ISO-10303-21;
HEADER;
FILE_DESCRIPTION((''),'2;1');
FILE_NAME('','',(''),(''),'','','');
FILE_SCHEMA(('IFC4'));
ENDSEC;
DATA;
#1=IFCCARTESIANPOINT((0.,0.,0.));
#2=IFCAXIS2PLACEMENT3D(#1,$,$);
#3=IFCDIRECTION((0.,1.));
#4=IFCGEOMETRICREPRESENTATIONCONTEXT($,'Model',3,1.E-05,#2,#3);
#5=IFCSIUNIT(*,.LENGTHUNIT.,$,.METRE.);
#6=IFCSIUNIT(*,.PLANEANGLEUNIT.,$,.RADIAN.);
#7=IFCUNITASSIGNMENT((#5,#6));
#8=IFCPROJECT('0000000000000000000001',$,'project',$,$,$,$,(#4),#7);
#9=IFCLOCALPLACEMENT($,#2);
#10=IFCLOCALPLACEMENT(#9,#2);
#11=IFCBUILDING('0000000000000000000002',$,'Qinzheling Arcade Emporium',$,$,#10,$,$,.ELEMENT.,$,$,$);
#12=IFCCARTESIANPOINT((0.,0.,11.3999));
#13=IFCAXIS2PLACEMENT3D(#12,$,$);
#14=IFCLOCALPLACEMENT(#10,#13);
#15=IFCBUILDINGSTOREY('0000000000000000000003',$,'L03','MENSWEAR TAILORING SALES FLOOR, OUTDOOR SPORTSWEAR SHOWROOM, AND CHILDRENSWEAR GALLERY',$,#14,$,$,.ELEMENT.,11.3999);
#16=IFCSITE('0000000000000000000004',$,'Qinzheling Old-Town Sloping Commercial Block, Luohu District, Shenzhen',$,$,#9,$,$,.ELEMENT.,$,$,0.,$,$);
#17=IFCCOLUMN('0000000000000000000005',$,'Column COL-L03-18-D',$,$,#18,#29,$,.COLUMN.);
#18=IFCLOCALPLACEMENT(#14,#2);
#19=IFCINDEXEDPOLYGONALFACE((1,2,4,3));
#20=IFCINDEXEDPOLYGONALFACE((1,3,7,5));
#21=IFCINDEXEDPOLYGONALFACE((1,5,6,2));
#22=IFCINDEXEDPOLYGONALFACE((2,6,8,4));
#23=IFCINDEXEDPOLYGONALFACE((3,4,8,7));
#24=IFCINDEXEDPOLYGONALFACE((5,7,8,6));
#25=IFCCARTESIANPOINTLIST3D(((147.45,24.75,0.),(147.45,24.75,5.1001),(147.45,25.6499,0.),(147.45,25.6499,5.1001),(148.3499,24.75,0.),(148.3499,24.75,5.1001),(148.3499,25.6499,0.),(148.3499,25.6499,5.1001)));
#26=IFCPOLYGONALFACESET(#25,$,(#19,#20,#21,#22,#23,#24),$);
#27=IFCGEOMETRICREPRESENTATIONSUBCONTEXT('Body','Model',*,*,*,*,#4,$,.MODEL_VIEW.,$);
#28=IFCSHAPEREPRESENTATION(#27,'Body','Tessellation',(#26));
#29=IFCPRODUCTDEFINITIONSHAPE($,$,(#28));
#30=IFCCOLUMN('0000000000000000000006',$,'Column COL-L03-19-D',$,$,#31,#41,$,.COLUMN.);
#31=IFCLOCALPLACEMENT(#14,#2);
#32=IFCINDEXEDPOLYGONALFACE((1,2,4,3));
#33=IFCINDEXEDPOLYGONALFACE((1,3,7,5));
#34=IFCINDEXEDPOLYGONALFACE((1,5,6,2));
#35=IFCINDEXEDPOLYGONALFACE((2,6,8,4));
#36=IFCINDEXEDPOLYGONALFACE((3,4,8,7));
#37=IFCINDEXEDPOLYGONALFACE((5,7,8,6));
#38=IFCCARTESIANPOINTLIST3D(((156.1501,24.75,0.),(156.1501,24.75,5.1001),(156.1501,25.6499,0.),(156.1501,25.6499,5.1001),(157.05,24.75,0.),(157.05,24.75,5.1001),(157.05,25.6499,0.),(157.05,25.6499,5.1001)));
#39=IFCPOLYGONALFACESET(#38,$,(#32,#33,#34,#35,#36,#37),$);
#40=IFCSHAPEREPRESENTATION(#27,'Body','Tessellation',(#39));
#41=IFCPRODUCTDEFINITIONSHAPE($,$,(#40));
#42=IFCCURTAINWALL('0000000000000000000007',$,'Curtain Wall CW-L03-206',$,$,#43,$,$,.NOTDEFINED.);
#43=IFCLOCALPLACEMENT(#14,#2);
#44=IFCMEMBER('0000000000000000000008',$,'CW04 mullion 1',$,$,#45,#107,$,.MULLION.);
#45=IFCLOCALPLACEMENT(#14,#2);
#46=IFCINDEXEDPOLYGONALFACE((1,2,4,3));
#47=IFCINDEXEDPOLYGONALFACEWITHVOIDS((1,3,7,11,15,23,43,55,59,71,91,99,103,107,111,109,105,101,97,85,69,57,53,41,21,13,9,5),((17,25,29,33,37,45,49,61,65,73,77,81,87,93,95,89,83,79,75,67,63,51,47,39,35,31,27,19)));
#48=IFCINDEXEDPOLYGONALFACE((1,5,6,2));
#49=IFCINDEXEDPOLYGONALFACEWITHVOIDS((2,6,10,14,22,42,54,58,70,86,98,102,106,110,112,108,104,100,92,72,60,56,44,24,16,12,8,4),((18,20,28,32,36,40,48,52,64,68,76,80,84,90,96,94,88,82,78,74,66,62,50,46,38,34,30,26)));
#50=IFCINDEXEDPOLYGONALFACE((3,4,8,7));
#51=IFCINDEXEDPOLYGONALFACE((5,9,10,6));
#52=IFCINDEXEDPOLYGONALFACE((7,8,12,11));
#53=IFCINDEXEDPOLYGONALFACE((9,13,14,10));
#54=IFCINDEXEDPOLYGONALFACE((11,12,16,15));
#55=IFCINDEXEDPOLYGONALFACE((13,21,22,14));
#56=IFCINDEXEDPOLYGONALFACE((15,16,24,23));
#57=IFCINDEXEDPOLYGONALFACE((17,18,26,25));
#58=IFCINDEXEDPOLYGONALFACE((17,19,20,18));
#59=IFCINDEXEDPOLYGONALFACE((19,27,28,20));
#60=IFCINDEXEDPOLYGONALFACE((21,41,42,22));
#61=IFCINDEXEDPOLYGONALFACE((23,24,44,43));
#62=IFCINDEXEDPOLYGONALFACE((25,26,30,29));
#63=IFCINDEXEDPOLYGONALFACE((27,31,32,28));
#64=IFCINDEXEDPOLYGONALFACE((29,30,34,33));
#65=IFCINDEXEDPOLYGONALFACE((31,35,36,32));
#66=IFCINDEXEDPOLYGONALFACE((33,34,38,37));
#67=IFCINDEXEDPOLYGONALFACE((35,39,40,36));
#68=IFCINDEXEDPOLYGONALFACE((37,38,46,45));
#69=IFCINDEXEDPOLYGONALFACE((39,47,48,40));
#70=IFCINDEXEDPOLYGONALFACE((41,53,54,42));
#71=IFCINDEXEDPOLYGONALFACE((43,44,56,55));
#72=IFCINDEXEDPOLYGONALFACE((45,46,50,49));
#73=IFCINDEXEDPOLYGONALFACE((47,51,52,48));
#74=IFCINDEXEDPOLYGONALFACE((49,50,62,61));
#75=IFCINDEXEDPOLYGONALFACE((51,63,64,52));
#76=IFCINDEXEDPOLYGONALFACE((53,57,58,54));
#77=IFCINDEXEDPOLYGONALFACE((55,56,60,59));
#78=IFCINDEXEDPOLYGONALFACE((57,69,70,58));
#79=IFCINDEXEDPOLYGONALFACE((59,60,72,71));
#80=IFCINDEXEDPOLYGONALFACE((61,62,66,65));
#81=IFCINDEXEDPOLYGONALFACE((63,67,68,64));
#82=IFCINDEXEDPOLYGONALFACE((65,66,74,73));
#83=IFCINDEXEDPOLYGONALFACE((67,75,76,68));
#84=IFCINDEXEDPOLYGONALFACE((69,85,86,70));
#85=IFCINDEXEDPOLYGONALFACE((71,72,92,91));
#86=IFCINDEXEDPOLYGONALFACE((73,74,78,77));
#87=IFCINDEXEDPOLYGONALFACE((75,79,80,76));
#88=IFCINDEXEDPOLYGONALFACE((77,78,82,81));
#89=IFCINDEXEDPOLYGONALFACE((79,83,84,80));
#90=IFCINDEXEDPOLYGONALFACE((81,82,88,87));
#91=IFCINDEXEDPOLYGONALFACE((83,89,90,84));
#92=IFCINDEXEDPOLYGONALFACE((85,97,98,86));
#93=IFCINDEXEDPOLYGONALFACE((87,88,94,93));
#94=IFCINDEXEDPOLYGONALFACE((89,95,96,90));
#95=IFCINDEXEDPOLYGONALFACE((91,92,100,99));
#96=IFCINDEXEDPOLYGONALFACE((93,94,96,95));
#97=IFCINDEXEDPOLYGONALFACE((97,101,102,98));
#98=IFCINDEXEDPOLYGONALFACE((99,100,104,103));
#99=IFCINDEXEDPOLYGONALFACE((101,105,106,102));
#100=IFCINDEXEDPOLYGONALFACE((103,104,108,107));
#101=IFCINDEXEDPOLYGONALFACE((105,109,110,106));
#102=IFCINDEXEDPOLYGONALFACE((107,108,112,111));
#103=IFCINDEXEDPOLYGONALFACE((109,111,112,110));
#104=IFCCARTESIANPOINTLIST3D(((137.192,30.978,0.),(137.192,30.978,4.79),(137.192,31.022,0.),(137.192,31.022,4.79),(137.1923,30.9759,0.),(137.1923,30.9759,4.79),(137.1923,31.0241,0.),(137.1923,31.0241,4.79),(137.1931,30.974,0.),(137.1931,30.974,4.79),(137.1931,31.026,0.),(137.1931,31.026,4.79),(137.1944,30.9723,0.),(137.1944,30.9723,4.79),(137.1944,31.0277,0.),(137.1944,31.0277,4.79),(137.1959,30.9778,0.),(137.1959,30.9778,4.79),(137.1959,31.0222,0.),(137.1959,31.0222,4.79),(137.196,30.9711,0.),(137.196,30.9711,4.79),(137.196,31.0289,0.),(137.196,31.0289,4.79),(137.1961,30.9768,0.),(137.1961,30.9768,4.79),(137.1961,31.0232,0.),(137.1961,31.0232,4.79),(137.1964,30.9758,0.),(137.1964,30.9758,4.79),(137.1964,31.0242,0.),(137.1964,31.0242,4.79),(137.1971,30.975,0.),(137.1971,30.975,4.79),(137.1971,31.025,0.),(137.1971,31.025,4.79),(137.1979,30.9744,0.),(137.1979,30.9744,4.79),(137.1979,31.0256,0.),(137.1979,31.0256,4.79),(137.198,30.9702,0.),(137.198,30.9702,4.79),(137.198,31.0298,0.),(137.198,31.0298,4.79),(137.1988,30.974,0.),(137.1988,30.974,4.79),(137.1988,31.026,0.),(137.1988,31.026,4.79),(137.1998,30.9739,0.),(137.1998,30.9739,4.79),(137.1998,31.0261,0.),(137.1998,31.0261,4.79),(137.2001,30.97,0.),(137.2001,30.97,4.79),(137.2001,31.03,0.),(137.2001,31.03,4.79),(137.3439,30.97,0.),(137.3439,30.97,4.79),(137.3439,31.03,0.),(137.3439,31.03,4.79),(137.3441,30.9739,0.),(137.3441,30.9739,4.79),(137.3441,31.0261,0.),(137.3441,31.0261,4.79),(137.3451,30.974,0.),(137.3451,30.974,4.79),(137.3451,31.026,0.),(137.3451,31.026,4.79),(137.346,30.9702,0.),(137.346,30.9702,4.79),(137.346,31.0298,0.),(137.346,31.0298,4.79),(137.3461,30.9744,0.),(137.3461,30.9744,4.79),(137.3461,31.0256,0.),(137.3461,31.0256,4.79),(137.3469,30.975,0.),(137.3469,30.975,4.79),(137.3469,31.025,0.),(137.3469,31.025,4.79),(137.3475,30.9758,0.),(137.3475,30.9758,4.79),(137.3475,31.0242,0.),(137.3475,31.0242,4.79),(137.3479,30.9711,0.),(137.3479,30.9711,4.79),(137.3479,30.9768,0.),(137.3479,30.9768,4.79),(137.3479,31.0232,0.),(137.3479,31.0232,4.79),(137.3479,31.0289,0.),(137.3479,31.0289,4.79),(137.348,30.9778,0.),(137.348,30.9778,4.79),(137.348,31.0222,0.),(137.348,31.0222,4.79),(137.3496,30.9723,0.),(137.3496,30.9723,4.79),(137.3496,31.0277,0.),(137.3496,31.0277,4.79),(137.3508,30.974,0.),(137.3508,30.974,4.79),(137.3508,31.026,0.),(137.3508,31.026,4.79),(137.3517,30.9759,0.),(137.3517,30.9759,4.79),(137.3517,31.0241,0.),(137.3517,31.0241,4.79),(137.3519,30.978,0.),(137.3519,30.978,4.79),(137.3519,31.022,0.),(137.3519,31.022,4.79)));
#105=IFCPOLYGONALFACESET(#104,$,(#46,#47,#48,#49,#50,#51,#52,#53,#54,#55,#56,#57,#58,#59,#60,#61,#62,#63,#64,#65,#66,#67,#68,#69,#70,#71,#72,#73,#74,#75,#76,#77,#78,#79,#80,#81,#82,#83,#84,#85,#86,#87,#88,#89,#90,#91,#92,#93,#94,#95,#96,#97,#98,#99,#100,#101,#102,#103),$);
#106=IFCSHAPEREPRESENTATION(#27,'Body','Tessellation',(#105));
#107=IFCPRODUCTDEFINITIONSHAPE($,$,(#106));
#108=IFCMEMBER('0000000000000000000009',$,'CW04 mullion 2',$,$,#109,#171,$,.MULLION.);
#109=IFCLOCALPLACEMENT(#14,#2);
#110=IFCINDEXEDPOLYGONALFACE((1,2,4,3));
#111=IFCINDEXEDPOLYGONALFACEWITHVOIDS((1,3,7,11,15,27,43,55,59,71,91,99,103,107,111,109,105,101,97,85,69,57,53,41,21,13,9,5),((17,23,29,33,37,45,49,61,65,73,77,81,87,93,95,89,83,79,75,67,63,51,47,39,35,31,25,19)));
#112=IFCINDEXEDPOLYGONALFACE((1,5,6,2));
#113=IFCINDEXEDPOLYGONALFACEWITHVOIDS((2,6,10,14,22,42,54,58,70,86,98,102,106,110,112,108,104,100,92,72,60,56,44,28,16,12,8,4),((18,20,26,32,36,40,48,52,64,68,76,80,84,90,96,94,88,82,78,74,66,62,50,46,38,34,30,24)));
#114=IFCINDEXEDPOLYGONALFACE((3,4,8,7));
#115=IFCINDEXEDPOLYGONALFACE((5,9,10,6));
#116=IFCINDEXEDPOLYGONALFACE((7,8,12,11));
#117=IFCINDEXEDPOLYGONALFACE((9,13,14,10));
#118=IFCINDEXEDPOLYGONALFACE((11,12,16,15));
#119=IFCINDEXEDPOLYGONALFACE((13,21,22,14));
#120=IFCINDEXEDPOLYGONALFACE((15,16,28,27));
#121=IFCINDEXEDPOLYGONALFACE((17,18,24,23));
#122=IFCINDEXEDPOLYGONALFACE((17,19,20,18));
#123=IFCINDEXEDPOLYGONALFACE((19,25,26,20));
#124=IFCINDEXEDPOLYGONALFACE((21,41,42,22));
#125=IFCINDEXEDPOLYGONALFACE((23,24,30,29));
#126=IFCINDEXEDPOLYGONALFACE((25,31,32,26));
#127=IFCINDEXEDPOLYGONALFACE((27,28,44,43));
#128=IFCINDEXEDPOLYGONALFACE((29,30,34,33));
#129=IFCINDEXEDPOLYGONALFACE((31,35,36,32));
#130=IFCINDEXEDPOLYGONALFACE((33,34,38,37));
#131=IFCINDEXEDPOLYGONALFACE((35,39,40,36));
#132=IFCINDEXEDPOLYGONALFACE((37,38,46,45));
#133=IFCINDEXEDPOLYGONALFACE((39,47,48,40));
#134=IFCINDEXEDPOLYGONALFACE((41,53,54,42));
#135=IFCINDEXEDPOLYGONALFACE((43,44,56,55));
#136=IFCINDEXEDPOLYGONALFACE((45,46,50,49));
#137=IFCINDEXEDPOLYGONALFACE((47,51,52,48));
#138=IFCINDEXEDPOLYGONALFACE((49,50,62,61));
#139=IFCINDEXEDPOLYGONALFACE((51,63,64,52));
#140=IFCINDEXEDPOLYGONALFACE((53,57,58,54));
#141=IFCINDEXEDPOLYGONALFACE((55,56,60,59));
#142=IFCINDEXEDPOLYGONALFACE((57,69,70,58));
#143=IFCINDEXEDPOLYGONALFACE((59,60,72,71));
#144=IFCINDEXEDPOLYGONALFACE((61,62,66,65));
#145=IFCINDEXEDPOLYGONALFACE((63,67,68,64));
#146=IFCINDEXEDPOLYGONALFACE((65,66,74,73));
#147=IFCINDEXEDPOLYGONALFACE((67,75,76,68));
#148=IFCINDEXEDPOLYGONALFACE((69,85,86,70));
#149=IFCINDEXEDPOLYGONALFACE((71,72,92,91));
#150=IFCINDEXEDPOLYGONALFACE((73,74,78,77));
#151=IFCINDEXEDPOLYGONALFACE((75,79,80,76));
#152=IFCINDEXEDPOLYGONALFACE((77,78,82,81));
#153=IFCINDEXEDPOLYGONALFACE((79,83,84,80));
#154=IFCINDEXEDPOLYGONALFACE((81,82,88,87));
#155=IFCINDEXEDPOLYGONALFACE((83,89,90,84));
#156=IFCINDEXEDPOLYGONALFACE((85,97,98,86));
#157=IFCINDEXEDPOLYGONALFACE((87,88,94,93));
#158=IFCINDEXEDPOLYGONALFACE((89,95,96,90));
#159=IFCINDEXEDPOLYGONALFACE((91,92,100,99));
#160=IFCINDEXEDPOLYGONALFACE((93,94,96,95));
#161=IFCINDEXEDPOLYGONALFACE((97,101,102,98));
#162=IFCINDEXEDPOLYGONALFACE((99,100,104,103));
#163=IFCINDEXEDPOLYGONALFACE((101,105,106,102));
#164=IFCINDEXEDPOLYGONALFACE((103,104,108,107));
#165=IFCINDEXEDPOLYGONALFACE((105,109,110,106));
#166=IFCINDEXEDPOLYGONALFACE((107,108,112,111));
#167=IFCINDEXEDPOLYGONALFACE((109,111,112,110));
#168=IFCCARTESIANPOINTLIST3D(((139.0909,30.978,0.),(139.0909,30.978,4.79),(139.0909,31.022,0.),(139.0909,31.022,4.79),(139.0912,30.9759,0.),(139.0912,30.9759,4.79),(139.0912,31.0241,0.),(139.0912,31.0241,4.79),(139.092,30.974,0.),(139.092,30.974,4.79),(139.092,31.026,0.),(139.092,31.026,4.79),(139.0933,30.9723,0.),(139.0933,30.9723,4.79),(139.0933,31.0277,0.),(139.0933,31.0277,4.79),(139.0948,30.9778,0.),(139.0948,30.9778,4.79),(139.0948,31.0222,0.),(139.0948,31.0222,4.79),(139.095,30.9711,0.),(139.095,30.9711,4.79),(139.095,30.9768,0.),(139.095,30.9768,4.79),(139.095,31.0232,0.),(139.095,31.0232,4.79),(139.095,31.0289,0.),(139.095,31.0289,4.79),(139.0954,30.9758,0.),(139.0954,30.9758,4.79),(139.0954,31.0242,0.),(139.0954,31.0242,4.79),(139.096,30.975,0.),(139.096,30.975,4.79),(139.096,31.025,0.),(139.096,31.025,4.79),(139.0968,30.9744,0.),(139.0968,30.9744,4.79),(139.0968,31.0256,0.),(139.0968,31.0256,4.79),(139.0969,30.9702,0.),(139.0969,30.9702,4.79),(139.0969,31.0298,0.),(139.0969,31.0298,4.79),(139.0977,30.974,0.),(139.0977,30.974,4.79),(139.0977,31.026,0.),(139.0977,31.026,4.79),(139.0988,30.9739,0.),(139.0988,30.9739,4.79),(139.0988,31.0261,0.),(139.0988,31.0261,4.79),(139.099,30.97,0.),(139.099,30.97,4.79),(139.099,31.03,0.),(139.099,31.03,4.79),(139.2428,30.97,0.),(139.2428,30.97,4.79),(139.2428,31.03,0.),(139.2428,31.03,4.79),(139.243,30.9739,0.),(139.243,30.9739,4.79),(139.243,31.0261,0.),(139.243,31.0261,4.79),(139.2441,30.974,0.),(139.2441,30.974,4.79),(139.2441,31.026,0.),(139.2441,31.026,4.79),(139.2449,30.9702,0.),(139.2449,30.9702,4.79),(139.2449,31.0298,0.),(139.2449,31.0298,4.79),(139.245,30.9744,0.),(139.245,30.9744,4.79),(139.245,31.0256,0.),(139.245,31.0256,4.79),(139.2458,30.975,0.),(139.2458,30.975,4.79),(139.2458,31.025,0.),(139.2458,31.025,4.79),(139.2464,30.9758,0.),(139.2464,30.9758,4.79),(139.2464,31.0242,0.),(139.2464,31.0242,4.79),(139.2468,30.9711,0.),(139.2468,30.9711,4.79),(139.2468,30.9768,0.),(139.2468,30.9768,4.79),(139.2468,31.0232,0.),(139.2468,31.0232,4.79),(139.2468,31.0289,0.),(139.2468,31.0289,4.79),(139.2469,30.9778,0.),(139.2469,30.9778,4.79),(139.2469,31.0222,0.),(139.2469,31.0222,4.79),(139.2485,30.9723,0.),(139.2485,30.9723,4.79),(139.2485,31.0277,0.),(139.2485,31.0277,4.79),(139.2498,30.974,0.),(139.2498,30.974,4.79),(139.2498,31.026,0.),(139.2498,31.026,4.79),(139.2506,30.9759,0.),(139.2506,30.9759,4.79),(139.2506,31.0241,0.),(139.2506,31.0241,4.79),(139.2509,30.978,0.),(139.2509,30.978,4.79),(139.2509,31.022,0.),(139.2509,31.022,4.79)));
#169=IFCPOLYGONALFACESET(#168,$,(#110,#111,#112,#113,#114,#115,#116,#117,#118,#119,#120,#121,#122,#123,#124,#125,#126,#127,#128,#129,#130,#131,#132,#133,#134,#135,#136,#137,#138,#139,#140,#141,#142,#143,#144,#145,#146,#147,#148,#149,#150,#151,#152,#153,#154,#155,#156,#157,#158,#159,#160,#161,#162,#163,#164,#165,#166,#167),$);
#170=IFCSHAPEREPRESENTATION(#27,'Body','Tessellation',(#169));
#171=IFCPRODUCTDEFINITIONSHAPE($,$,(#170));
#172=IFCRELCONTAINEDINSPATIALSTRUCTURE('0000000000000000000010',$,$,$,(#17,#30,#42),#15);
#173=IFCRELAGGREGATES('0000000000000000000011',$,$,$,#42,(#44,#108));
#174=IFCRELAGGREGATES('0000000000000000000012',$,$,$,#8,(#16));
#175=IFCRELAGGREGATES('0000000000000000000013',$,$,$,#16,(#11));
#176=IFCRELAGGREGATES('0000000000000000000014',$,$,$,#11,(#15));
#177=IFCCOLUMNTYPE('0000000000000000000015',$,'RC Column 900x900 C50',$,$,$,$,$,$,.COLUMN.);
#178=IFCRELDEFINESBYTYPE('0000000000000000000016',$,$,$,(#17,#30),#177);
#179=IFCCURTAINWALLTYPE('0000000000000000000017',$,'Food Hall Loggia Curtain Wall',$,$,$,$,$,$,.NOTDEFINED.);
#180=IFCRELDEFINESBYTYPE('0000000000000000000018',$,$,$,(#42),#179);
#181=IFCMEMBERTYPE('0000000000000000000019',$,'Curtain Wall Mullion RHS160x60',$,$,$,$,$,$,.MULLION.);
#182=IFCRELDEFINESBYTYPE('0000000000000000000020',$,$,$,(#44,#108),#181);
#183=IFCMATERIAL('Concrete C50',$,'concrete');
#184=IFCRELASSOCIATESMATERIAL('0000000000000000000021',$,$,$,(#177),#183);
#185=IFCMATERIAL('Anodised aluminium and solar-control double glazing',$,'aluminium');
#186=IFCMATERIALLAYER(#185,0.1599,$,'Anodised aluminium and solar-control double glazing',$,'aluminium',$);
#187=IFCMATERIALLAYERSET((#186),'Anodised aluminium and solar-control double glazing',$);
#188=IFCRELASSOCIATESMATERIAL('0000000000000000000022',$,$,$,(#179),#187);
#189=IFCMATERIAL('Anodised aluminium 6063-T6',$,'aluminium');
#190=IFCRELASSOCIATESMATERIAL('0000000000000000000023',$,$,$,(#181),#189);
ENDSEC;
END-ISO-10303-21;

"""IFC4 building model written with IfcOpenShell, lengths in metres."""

from ifc_helpers import new_model, si_unit, direction, frame, origin, origin_2d, place, context, subcontext, project, spatial, rectangle, hollow_rectangle, extrude, material, layer, layer_set, material_profile, profile_set, type_object, element, aggregate, save


model = new_model("IFC4")

# Units and contexts
model_context = context("Model", 3, precision=1e-05, world=origin(), true_north=direction((0.0, 1.0)))
body_context = subcontext(model_context, "Body", "Model", "MODEL_VIEW")
ifc_project = project(units=[si_unit("LENGTHUNIT", "METRE"), si_unit("PLANEANGLEUNIT", "RADIAN")], contexts=[model_context])

# Site, building, storey
site_placement = place(None, origin())
site = spatial("IfcSite", under=ifc_project, at=site_placement, Name="Qinzheling Old-Town Sloping Commercial Block, Luohu District, Shenzhen", CompositionType="ELEMENT", RefElevation=0.0)
building_placement = place(site_placement, origin())
building = spatial("IfcBuilding", under=site, at=building_placement, Name="Qinzheling Arcade Emporium", CompositionType="ELEMENT")
storey_placement = place(building_placement, frame((0.0, 0.0, 11.3999)))
storey = spatial("IfcBuildingStorey", under=building, at=storey_placement, Name="L03", Description="MENSWEAR TAILORING SALES FLOOR, OUTDOOR SPORTSWEAR SHOWROOM, AND CHILDRENSWEAR GALLERY", CompositionType="ELEMENT", Elevation=11.3999)

# Columns
ifc_material_1 = material(Name="Concrete C50", Category="concrete")
ifc_material_profile_1 = material_profile(ifc_material_1, rectangle(XDim=0.8999, YDim=0.8999, at=origin_2d()), Name="RC 900x900", Category="concrete")
ifc_profile_set_1 = profile_set([ifc_material_profile_1], Name="Concrete C50")
column_type = type_object("IfcColumnType", Name="RC Column 900x900 C50", PredefinedType="COLUMN", material=ifc_profile_set_1)
for number, where, z_axis, x_axis, name in (
    (1, (147.8999, 25.2, 0.0), (0.0, 0.0, 1.0), (1.0, 0.0, 0.0), "Column COL-L03-18-D"),
    (2, (156.6001, 25.2, 0.0), (0.0, 0.0, 1.0), (1.0, 0.0, 0.0), "Column COL-L03-19-D"),
):
    element("IfcColumn", number, at=place(storey_placement, frame(where, z_axis=z_axis, x_axis=x_axis)), inside=storey, type_object=column_type, Name=name, PredefinedType="COLUMN", context=body_context, shape_type="SweptSolid", body=[
        extrude(rectangle(XDim=0.8999, YDim=0.8999, at=origin_2d()), origin(), (0.0, 0.0, 1.0), 5.1001),
    ])

# Curtain wall, members
ifc_material_2 = material(Name="Anodised aluminium and solar-control double glazing", Category="aluminium")
ifc_layer_1 = layer(ifc_material_2, 0.1599, Name="Anodised aluminium and solar-control double glazing", Category="aluminium")
ifc_layer_set_1 = layer_set([ifc_layer_1], Name="Anodised aluminium and solar-control double glazing")
curtain_wall_type = type_object("IfcCurtainWallType", Name="Food Hall Loggia Curtain Wall", PredefinedType="NOTDEFINED", material=ifc_layer_set_1)
curtain_wall_placement = place(storey_placement, origin())
curtain_wall = element("IfcCurtainWall", 3, at=curtain_wall_placement, inside=storey, type_object=curtain_wall_type, Name="Curtain Wall CW-L03-206", PredefinedType="NOTDEFINED")
ifc_material_3 = material(Name="Anodised aluminium 6063-T6", Category="aluminium")
ifc_material_profile_2 = material_profile(ifc_material_3, hollow_rectangle(XDim=0.0601, YDim=0.1599, WallThickness=0.0039, InnerFilletRadius=0.0039, OuterFilletRadius=0.0081, at=origin_2d()), Name="RHS 160x60x4", Category="aluminium")
ifc_profile_set_2 = profile_set([ifc_material_profile_2], Name="Anodised aluminium 6063-T6")
member_type_1 = type_object("IfcMemberType", Name="Curtain Wall Mullion RHS160x60", PredefinedType="MULLION", material=ifc_profile_set_2)
member_1_placement = place(storey_placement, frame((137.272, 31.0, 0.0), z_axis=(0.0, 0.0, 1.0), x_axis=(0.0, 1.0, 0.0)))
member_1 = element("IfcMember", 4, at=member_1_placement, type_object=member_type_1, Name="CW04 mullion 1", PredefinedType="MULLION", context=body_context, shape_type="SweptSolid", body=[
    extrude(hollow_rectangle(XDim=0.0601, YDim=0.1599, WallThickness=0.0039, InnerFilletRadius=0.0039, OuterFilletRadius=0.0081, at=origin_2d()), origin(), (0.0, 0.0, 1.0), 4.79),
])
member_2_placement = place(storey_placement, frame((139.1709, 31.0, 0.0), z_axis=(0.0, 0.0, 1.0), x_axis=(0.0, 1.0, 0.0)))
member_2 = element("IfcMember", 5, at=member_2_placement, type_object=member_type_1, Name="CW04 mullion 2", PredefinedType="MULLION", context=body_context, shape_type="SweptSolid", body=[
    extrude(hollow_rectangle(XDim=0.0601, YDim=0.1599, WallThickness=0.0039, InnerFilletRadius=0.0039, OuterFilletRadius=0.0081, at=origin_2d()), origin(), (0.0, 0.0, 1.0), 4.79),
])

aggregate(curtain_wall, [member_1, member_2])

save(model, "model.ifc")
